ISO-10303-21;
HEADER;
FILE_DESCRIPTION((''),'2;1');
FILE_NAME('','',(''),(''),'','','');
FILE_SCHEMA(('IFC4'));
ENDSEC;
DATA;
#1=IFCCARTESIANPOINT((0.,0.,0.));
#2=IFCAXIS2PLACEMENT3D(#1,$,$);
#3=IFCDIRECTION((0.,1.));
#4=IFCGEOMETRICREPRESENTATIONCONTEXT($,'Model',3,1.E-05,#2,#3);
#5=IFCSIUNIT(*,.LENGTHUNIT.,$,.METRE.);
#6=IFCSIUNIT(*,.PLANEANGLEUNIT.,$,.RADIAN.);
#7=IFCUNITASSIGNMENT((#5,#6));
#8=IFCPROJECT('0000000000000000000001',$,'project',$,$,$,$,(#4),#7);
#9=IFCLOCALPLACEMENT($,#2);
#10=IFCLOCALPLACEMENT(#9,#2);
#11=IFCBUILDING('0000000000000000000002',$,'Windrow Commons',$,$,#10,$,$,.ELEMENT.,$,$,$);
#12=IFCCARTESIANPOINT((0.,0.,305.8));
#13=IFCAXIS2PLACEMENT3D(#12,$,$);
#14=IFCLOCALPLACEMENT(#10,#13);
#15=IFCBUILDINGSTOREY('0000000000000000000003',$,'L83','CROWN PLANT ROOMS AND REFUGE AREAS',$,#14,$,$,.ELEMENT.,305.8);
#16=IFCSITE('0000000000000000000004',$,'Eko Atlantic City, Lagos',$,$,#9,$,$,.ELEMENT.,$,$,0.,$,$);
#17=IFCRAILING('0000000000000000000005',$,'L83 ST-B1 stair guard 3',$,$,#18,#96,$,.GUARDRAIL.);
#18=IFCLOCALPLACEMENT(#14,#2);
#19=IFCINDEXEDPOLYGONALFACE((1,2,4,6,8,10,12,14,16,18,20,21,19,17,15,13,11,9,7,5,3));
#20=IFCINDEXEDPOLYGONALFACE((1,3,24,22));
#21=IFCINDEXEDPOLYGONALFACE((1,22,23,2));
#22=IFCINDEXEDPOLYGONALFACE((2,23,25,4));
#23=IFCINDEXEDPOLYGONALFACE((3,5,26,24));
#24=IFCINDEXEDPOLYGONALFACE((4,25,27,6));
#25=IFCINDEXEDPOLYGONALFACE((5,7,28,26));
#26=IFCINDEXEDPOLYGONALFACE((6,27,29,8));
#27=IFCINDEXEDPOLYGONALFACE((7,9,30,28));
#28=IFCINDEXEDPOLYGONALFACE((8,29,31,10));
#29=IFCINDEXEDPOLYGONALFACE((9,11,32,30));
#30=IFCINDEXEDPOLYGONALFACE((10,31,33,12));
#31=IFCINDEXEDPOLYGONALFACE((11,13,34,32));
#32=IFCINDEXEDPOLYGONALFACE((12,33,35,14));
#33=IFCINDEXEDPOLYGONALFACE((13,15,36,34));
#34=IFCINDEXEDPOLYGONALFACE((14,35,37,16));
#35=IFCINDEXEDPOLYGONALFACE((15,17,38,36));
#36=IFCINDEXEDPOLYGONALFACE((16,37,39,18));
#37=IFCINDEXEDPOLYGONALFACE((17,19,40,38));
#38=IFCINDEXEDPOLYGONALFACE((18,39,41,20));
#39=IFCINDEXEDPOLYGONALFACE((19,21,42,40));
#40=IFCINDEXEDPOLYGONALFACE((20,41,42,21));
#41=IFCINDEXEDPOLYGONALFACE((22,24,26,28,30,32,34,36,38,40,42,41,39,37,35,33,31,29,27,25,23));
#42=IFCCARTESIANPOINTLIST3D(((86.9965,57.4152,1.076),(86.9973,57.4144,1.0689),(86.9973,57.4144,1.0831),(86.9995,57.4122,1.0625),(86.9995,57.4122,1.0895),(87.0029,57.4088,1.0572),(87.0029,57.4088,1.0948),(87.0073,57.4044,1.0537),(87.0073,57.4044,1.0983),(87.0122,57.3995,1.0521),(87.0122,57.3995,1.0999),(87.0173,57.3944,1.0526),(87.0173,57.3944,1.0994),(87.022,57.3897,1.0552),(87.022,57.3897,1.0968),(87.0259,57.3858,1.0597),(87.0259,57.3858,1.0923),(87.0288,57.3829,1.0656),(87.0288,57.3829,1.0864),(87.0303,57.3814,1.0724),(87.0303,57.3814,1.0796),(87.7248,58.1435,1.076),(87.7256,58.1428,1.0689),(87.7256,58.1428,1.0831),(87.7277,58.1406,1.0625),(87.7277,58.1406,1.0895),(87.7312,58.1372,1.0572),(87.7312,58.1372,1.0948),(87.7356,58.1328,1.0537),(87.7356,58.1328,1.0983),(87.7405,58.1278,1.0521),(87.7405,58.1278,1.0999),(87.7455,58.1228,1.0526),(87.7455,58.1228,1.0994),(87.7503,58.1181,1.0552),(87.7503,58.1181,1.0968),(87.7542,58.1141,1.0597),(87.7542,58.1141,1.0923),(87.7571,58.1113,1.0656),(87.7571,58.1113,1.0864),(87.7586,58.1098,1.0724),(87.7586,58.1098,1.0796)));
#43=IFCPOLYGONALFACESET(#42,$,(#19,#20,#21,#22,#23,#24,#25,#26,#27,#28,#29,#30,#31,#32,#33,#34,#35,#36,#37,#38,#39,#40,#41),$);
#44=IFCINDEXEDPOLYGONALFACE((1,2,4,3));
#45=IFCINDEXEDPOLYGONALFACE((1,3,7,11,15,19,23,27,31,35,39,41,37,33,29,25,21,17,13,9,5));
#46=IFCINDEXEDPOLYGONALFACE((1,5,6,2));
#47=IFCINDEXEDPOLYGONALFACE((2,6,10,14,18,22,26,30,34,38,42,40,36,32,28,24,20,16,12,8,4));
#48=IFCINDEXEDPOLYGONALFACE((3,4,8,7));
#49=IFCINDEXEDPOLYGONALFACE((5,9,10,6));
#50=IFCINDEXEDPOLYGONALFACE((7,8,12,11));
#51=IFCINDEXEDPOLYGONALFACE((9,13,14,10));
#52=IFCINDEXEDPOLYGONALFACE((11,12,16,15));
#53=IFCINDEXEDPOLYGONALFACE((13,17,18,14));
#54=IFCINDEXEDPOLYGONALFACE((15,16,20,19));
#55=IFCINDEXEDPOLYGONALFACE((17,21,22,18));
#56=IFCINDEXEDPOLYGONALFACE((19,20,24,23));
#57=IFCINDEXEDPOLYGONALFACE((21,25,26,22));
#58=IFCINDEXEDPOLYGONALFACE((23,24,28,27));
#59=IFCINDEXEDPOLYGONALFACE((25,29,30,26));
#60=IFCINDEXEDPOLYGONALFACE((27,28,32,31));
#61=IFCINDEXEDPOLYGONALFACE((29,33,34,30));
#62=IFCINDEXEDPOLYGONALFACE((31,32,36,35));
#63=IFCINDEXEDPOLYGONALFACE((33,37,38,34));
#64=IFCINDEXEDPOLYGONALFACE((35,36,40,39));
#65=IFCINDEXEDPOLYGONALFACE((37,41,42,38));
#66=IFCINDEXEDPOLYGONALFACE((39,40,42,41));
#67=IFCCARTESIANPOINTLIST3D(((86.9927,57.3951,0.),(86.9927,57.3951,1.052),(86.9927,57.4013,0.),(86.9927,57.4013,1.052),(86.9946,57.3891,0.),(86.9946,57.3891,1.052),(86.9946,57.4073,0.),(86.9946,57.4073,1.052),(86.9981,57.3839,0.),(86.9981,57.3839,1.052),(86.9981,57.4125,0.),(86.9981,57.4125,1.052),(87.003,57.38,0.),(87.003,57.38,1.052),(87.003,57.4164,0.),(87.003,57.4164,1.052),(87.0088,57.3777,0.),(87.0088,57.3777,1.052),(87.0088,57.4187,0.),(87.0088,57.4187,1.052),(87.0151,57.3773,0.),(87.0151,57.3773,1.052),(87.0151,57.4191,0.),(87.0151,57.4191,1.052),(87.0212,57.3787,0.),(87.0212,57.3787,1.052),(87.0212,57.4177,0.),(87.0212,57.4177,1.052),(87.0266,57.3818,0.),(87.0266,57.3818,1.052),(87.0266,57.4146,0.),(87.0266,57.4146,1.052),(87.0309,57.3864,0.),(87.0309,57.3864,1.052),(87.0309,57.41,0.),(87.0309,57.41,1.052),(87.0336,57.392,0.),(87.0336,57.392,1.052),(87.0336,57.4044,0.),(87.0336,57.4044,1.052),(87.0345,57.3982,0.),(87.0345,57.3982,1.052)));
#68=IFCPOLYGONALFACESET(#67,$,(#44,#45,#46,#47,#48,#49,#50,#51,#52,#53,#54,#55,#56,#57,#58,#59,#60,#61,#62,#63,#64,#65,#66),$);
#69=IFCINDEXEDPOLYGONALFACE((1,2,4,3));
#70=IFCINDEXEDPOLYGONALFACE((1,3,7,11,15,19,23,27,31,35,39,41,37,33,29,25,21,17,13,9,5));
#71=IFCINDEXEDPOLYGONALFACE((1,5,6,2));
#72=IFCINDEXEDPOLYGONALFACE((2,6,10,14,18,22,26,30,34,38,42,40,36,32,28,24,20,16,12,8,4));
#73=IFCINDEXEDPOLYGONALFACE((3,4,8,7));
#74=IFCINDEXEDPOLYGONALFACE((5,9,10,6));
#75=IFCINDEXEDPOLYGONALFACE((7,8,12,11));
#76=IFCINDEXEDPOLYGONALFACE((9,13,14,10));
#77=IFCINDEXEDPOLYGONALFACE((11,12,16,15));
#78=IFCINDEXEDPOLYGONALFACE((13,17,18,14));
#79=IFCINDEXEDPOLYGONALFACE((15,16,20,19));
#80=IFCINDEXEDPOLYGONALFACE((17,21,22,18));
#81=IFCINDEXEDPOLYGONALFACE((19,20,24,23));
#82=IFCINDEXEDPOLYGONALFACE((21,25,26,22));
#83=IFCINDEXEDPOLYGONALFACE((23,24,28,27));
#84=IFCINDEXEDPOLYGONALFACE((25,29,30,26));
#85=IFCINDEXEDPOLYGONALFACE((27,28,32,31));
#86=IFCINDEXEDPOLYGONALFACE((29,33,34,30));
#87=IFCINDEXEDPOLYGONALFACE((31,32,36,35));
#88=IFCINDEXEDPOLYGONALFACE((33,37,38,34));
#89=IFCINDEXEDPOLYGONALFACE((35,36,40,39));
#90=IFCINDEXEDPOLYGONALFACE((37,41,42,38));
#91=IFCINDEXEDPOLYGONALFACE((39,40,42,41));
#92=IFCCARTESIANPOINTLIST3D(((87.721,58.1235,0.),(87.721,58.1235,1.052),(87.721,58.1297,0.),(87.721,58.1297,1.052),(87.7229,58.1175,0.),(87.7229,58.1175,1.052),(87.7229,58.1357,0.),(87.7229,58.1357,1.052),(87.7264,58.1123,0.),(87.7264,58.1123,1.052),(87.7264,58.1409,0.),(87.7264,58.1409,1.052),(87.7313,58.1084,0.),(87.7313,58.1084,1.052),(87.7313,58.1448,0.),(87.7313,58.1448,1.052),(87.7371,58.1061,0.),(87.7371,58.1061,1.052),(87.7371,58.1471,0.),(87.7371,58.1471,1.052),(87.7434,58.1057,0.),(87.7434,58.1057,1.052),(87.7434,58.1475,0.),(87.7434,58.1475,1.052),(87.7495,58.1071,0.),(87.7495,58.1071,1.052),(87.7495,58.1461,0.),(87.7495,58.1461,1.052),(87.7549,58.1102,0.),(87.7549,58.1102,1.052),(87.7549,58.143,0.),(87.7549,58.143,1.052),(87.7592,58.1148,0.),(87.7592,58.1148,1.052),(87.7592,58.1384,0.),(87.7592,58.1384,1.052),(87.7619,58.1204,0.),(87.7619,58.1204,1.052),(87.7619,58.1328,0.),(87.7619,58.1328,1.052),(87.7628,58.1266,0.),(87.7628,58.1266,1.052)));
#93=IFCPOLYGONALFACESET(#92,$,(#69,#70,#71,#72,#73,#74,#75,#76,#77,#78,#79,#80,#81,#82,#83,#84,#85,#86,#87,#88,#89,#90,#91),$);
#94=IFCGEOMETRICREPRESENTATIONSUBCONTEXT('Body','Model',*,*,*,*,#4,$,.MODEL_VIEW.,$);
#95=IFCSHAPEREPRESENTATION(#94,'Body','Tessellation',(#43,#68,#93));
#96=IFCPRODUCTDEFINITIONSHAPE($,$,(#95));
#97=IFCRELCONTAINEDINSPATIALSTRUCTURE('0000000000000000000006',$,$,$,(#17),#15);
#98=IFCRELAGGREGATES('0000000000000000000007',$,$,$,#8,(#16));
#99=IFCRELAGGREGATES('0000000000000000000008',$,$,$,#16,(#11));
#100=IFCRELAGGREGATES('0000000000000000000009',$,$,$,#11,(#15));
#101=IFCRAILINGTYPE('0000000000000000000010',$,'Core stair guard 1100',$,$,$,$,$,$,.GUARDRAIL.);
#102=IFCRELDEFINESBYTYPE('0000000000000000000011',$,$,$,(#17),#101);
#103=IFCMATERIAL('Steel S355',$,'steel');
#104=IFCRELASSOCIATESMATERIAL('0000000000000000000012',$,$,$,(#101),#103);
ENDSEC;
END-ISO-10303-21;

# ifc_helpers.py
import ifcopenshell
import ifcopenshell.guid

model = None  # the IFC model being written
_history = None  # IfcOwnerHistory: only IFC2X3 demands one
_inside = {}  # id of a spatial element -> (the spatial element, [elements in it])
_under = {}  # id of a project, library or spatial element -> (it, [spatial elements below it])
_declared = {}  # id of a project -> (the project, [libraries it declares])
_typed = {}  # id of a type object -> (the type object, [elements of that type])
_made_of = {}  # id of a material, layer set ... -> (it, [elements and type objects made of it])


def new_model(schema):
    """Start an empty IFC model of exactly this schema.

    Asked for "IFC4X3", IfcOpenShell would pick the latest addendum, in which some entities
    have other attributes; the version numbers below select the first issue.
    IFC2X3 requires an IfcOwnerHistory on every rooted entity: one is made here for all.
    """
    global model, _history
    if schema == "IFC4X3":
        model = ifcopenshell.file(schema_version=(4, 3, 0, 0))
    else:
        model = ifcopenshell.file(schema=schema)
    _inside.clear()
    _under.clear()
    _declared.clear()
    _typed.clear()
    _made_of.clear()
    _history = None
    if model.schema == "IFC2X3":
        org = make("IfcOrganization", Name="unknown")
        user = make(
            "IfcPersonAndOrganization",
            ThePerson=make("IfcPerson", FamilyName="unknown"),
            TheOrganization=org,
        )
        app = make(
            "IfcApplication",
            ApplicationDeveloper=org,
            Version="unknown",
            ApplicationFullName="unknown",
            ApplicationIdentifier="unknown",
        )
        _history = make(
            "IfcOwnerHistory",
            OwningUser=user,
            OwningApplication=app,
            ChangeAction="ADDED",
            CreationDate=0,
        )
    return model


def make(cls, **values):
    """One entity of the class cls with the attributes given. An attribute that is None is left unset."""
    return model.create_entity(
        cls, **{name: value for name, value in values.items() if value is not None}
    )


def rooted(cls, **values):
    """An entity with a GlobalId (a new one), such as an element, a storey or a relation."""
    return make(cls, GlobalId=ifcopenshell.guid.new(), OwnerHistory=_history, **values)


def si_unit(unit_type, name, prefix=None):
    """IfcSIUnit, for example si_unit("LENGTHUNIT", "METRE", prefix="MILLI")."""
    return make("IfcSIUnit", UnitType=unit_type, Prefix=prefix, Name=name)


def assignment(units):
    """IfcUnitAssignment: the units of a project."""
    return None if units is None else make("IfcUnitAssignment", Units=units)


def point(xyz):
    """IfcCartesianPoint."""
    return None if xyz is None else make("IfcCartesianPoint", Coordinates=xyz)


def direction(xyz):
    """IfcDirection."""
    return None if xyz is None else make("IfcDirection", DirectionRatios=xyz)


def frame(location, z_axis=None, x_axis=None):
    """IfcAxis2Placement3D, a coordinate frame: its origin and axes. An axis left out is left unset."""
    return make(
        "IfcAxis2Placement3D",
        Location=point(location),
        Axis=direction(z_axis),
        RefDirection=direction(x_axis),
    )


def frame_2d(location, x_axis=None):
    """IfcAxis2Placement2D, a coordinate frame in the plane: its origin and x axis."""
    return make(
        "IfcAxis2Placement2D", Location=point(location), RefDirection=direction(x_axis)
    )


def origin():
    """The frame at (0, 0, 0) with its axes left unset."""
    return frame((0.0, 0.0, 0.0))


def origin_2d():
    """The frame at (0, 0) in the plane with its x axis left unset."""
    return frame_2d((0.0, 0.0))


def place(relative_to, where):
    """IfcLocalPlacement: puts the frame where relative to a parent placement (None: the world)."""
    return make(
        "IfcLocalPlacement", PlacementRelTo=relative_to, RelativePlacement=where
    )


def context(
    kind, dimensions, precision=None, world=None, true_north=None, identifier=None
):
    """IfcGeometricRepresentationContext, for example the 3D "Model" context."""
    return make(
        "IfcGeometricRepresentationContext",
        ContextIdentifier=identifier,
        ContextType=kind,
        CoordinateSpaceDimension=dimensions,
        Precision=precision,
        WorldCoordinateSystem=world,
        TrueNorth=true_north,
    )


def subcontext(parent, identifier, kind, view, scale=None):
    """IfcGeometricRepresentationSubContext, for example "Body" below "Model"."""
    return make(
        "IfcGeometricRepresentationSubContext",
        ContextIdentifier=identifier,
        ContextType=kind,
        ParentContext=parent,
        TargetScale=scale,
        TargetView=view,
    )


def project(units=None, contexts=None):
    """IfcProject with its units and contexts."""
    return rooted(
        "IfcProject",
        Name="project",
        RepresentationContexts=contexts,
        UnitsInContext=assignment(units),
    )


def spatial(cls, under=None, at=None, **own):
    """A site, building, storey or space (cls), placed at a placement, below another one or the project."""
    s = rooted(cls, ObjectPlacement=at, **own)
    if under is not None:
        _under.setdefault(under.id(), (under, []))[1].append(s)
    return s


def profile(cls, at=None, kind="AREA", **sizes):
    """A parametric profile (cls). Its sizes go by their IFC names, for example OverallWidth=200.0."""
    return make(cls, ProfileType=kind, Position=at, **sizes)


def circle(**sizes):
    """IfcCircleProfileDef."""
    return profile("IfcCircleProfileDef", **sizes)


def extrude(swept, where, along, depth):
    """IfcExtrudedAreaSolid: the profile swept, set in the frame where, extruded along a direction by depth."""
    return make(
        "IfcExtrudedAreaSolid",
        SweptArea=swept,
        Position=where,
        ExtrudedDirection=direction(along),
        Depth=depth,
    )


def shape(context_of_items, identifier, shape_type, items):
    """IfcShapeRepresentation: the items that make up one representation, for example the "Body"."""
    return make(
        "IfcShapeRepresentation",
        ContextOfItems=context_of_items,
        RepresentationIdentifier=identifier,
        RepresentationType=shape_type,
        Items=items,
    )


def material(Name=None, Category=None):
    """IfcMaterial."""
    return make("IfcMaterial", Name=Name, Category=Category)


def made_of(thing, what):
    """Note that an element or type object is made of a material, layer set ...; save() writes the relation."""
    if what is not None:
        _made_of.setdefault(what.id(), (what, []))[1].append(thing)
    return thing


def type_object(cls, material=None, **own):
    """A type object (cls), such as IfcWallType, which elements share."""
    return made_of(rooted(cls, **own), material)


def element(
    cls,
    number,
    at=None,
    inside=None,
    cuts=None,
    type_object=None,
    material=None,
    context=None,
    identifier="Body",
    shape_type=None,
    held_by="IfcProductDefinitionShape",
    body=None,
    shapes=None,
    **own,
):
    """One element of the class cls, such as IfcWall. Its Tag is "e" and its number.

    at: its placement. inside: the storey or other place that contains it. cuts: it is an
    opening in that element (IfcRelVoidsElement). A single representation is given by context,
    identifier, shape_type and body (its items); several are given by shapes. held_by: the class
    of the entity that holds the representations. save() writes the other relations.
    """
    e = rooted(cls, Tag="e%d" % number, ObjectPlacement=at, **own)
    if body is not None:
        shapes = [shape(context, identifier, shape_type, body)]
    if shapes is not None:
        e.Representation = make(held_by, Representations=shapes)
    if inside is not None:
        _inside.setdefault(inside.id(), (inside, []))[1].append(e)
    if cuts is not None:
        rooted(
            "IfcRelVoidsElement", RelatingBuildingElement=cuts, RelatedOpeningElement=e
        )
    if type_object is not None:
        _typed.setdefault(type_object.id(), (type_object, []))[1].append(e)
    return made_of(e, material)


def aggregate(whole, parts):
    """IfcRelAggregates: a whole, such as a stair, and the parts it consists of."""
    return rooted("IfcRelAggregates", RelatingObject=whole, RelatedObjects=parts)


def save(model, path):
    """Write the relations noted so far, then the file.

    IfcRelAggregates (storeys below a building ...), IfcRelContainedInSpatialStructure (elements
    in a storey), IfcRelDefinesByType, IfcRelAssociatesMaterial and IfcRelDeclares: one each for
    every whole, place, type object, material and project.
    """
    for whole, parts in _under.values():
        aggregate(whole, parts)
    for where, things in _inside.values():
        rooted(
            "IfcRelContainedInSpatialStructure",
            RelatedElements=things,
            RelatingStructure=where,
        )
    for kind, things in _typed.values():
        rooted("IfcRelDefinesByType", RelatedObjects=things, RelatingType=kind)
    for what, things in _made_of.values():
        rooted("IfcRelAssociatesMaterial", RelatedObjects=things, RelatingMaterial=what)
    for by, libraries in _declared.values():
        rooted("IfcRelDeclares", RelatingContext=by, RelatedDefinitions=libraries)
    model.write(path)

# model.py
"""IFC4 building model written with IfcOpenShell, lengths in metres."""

from ifc_helpers import new_model, si_unit, direction, frame, origin, origin_2d, place, context, subcontext, project, spatial, circle, extrude, material, type_object, element, save


model = new_model("IFC4")

# Units and contexts
model_context = context("Model", 3, precision=1e-05, world=origin(), true_north=direction((0.0, 1.0)))
body_context = subcontext(model_context, "Body", "Model", "MODEL_VIEW")
ifc_project = project(units=[si_unit("LENGTHUNIT", "METRE"), si_unit("PLANEANGLEUNIT", "RADIAN")], contexts=[model_context])

# Site, building, storey
site_placement = place(None, origin())
site = spatial("IfcSite", under=ifc_project, at=site_placement, Name="Eko Atlantic City, Lagos", CompositionType="ELEMENT", RefElevation=0.0)
building_placement = place(site_placement, origin())
building = spatial("IfcBuilding", under=site, at=building_placement, Name="Windrow Commons", CompositionType="ELEMENT")
storey_placement = place(building_placement, frame((0.0, 0.0, 305.8)))
storey = spatial("IfcBuildingStorey", under=building, at=storey_placement, Name="L83", Description="CROWN PLANT ROOMS AND REFUGE AREAS", CompositionType="ELEMENT", Elevation=305.8)

# Railing
ifc_material_1 = material(Name="Steel S355", Category="steel")
railing_type_1 = type_object("IfcRailingType", Name="Core stair guard 1100", PredefinedType="GUARDRAIL", material=ifc_material_1)
railing_1_placement = place(storey_placement, frame((87.0135, 57.3982, 0.0)))
element("IfcRailing", 1, at=railing_1_placement, inside=storey, type_object=railing_type_1, Name="L83 ST-B1 stair guard 3", PredefinedType="GUARDRAIL", context=body_context, shape_type="SweptSolid", body=[
    extrude(circle(Radius=0.024, at=origin_2d()), frame((0.0, 0.0, 1.076), z_axis=(0.707058, 0.707155, 0.0), x_axis=(-0.707155, 0.707058, 0.0)), (0.0, 0.0, 1.0), 1.03),
    extrude(circle(Radius=0.021, at=origin_2d()), origin(), (0.0, 0.0, 1.0), 1.052),
    extrude(circle(Radius=0.021, at=origin_2d()), frame((0.7283, 0.7284, 0.0)), (0.0, 0.0, 1.0), 1.052),
])

save(model, "model.ifc")
